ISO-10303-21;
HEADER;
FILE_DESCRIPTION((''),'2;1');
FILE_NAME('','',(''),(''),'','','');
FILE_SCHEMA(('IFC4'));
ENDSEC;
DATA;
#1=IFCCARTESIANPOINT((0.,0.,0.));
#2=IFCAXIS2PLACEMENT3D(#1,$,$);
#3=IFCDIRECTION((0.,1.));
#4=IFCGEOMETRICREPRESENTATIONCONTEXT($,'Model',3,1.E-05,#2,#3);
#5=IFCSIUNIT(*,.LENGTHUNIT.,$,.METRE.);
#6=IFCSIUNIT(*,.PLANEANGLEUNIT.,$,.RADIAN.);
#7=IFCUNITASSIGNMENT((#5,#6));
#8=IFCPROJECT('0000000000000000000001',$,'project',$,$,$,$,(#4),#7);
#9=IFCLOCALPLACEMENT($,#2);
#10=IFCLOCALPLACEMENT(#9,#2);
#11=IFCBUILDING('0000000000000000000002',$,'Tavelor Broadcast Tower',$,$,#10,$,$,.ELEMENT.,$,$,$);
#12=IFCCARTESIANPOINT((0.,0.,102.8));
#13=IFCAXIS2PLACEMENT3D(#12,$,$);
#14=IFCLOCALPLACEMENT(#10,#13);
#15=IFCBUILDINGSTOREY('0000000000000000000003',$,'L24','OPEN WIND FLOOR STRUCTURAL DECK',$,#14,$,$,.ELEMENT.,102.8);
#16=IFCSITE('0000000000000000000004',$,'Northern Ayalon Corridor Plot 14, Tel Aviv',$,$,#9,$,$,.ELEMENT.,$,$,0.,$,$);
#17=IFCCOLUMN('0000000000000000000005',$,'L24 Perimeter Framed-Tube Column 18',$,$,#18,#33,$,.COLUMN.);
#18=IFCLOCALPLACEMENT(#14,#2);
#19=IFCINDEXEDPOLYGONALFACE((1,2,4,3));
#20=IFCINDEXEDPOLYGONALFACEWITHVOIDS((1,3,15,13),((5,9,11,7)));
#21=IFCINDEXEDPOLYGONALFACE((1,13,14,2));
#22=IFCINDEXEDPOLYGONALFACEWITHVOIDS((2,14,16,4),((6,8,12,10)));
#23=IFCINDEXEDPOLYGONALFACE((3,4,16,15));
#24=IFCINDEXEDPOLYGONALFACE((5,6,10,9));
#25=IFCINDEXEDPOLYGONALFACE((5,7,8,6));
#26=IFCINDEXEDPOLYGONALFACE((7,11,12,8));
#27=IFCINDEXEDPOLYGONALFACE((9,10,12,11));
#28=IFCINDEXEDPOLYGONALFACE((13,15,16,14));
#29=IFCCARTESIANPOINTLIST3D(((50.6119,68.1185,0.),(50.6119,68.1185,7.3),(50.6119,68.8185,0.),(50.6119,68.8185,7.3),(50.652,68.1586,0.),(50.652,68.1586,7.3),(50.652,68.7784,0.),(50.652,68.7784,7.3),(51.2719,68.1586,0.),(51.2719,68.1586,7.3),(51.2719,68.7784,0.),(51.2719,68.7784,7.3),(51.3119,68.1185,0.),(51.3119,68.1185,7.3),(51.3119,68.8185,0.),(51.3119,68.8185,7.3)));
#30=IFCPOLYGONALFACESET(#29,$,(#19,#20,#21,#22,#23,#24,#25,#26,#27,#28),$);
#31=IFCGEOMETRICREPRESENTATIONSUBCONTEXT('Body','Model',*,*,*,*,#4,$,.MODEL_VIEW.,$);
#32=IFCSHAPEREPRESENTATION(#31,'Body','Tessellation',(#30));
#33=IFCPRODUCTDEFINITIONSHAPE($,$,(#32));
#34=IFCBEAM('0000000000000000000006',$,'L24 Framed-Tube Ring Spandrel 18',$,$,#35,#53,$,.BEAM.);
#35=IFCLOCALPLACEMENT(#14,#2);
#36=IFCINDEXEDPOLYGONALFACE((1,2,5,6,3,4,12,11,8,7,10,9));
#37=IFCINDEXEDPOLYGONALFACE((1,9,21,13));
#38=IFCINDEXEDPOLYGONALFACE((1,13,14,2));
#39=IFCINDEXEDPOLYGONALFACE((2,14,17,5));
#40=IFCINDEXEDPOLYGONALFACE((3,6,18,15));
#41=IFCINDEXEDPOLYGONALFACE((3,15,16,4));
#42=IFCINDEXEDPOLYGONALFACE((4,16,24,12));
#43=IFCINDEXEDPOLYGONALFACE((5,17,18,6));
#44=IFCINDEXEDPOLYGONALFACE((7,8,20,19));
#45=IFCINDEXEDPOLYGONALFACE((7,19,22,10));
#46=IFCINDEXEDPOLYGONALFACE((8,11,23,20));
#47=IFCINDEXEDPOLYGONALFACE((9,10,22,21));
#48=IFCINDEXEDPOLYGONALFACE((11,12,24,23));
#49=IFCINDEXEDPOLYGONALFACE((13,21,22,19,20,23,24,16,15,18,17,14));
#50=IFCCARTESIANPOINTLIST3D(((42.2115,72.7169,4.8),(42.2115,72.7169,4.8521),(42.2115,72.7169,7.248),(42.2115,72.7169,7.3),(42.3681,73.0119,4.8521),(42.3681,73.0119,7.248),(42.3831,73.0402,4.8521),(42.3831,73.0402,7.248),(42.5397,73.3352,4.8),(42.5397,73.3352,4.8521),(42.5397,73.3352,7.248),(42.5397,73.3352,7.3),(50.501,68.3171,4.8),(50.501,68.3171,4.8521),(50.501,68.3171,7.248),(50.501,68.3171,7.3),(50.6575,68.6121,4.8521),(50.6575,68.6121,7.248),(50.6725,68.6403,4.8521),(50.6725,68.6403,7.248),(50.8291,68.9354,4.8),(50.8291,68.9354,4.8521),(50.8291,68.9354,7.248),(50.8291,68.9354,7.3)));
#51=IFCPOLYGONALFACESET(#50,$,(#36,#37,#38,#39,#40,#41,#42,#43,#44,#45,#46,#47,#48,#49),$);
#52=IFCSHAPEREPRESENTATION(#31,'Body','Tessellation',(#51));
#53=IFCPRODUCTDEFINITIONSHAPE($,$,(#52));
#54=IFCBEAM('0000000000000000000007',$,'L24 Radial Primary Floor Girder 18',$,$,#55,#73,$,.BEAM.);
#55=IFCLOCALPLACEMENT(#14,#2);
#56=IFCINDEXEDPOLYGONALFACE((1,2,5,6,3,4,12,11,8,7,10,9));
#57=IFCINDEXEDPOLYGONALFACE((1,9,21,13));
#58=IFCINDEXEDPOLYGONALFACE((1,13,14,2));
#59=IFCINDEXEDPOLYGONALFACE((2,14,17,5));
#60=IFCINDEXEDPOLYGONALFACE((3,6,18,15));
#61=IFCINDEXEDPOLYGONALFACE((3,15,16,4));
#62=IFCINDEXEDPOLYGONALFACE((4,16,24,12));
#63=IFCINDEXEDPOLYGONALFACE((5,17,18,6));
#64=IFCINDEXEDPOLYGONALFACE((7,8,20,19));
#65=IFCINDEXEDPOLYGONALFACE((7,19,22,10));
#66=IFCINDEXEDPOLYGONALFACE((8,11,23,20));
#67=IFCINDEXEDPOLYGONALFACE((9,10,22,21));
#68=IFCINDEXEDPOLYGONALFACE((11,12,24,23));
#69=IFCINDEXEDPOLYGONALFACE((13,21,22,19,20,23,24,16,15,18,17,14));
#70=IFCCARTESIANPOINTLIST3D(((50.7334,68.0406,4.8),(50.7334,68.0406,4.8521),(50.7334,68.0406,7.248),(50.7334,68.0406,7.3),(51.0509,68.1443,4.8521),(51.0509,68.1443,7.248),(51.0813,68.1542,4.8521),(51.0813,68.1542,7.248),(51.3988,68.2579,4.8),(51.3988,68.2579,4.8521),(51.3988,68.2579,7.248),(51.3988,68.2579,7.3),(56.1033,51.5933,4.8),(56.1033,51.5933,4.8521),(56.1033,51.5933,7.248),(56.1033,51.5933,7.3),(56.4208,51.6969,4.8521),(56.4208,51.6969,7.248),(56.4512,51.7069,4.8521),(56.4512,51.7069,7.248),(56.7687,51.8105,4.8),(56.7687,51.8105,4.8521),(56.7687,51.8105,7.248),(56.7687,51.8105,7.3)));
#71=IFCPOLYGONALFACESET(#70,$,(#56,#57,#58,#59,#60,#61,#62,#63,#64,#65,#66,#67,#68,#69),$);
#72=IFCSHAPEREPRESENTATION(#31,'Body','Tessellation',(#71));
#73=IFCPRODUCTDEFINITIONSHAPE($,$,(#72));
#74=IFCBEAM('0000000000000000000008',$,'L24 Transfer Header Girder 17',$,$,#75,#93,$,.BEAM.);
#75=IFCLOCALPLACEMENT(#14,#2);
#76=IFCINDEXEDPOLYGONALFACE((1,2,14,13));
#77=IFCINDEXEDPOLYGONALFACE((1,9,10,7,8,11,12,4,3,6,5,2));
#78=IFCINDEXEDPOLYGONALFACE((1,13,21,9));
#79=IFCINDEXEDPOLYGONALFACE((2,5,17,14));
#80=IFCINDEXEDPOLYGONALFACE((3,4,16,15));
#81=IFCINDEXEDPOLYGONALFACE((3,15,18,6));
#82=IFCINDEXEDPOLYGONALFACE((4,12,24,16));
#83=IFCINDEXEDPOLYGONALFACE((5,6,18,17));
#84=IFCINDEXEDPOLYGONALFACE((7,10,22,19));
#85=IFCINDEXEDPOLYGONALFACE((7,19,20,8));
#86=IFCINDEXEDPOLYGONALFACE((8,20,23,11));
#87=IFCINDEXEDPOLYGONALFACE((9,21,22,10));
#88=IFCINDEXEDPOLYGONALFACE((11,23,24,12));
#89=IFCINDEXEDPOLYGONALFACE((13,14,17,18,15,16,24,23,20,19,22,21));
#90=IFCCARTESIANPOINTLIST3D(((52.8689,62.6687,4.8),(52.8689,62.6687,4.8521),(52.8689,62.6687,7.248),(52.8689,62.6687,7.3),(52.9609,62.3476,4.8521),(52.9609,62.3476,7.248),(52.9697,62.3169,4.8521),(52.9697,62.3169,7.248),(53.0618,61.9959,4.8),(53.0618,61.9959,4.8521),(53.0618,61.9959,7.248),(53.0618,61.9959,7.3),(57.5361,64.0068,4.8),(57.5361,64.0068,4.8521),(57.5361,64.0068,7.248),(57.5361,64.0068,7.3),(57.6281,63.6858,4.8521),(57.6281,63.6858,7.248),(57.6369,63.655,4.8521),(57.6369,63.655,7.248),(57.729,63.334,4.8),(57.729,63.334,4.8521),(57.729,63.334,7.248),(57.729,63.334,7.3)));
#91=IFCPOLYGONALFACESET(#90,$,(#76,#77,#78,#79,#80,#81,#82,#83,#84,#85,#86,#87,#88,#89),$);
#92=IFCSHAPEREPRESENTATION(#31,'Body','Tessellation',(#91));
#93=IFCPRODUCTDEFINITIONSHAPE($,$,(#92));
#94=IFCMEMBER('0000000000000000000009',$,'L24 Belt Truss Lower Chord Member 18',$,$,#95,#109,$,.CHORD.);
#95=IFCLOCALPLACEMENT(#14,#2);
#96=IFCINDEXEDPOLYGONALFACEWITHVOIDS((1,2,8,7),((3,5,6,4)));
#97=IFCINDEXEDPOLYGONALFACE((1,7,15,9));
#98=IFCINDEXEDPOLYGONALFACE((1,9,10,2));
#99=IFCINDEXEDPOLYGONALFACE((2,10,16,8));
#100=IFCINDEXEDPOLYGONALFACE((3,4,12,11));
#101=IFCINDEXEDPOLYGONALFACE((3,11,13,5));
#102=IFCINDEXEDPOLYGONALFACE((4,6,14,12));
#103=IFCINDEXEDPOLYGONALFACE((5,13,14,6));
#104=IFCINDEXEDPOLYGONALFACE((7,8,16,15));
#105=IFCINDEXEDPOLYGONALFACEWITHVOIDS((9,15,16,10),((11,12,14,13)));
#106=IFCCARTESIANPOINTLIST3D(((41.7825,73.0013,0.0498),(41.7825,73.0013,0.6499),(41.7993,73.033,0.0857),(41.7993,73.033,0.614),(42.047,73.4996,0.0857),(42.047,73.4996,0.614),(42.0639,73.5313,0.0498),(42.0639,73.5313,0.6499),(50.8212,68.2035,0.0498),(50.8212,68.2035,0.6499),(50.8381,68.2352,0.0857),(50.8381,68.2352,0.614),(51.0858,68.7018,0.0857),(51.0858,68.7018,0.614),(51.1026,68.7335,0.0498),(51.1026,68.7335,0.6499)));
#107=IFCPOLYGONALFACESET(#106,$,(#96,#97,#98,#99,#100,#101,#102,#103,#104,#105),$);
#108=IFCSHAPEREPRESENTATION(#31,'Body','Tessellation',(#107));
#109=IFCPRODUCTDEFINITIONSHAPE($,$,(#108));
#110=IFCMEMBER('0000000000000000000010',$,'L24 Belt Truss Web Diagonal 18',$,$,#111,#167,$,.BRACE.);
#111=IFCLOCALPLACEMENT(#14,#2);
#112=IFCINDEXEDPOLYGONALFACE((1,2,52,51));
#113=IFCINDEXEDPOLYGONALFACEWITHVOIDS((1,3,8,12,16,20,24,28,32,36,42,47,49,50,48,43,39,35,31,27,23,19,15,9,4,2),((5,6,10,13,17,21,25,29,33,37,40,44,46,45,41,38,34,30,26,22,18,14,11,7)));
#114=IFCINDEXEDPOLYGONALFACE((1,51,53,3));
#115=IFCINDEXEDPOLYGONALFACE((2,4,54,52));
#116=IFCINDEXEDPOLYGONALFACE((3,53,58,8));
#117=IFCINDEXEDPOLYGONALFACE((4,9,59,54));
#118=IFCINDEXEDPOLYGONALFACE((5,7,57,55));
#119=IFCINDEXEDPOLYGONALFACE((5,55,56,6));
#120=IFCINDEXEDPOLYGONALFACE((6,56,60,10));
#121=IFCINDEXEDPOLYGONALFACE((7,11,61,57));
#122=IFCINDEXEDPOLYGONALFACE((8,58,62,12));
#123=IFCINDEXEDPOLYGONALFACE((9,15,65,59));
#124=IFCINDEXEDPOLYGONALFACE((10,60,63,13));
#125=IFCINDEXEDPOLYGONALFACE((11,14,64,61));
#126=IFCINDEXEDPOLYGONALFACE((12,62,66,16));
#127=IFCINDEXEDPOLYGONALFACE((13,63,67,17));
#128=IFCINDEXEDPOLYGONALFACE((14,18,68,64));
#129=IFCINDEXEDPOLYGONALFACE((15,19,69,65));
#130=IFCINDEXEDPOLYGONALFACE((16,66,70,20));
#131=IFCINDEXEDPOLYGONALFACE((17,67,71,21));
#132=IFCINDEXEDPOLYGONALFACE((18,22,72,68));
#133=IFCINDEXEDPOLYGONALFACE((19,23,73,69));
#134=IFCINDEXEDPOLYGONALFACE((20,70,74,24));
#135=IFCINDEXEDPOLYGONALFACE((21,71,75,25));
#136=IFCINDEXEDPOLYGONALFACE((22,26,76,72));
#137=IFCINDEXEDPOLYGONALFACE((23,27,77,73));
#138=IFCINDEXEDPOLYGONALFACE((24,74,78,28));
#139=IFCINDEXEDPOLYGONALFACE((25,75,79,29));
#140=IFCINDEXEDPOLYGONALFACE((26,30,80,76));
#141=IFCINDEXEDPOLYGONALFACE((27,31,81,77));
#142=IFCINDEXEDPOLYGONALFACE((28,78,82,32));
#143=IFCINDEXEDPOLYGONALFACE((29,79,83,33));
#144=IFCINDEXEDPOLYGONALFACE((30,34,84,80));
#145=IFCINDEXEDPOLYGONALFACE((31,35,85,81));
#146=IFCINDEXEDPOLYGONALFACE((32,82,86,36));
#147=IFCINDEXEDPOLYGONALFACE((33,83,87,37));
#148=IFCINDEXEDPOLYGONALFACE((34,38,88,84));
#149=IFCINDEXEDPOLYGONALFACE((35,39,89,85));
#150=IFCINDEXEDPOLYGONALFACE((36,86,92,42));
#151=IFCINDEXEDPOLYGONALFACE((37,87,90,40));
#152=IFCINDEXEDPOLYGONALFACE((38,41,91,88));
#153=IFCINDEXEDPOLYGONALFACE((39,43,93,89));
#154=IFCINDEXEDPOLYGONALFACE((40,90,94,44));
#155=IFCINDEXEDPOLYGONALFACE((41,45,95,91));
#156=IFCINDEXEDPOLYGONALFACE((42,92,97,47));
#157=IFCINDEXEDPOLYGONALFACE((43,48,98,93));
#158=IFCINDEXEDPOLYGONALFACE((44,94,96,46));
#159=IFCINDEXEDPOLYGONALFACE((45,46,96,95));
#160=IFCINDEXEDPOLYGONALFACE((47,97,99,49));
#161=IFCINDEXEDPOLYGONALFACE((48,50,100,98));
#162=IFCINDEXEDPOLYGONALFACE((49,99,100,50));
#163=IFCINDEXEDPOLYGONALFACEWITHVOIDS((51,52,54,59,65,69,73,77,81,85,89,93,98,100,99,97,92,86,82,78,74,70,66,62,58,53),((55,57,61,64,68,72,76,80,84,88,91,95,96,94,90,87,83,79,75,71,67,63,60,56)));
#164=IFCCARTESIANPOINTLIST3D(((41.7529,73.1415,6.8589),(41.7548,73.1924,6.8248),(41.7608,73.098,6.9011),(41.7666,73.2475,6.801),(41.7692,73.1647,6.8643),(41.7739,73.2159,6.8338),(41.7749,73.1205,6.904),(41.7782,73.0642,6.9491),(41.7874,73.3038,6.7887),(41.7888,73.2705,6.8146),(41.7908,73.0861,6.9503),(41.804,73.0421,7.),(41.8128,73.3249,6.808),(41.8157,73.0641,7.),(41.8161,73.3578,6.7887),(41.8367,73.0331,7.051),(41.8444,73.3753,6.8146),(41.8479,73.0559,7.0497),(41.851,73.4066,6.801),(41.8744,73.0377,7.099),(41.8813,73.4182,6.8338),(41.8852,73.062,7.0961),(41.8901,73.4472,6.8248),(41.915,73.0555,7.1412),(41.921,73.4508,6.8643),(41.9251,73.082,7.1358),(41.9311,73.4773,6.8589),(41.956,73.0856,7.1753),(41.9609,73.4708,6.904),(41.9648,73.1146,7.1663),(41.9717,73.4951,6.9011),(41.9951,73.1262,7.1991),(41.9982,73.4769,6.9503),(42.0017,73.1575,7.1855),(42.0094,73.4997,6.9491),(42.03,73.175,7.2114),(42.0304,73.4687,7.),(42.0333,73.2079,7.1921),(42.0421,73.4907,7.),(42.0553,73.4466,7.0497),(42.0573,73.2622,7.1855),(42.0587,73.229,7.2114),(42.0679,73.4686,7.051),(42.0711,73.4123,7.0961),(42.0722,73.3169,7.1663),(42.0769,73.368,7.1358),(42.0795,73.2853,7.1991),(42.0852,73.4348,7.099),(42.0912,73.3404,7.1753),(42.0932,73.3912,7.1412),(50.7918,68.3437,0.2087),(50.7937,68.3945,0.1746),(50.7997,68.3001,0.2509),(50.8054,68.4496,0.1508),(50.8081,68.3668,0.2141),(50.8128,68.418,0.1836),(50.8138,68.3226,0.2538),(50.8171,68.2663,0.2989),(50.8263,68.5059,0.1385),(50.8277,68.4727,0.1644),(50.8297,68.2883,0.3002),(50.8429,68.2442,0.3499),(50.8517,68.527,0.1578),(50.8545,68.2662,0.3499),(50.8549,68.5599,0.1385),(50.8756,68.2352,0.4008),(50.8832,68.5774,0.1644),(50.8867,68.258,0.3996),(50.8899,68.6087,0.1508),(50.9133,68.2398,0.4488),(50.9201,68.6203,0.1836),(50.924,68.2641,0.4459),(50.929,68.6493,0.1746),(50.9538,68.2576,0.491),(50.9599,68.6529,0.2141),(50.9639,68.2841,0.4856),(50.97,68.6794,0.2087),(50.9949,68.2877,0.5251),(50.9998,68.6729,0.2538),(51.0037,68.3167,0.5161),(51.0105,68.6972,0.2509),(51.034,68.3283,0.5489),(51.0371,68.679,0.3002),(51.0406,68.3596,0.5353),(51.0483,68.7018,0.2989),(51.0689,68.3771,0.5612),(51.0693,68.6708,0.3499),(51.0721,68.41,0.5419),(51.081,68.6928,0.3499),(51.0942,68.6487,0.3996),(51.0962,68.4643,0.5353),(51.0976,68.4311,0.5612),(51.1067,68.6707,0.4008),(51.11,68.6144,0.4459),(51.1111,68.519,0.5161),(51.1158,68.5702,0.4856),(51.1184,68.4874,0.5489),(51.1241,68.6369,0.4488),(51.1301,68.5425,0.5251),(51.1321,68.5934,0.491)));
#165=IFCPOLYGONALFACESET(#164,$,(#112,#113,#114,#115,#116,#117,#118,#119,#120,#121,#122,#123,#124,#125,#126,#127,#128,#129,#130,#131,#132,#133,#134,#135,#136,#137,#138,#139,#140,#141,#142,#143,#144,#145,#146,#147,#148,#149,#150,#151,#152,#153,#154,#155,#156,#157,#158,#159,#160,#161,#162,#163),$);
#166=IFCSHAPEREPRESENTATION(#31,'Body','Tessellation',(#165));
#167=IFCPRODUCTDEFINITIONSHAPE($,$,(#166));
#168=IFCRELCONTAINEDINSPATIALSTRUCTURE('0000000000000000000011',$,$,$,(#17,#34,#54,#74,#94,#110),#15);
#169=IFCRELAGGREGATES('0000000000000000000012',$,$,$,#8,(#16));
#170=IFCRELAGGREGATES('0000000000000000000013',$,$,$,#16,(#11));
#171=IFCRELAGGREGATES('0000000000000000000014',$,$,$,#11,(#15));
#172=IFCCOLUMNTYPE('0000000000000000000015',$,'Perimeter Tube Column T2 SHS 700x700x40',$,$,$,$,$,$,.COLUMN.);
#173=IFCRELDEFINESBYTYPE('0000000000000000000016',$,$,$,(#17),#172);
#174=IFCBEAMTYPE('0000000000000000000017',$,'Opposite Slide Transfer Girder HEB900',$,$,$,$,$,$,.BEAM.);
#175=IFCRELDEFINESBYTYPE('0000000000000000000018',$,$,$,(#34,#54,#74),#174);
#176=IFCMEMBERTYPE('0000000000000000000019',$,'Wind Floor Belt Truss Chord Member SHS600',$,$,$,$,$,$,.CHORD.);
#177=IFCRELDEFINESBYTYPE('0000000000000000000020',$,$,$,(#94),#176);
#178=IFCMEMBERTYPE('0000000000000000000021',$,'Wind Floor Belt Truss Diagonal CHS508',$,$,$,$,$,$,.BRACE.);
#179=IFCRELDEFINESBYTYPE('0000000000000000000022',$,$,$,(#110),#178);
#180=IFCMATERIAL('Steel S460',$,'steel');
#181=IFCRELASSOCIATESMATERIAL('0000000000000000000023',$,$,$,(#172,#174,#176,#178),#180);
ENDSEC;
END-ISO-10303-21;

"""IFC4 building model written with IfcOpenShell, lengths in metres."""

from ifc_helpers import new_model, si_unit, direction, frame, origin, origin_2d, place, context, subcontext, project, spatial, hollow_rectangle, hollow_circle, i_section, extrude, material, material_profile, profile_set, type_object, element, save


model = new_model("IFC4")

# Units and contexts
model_context = context("Model", 3, precision=1e-05, world=origin(), true_north=direction((0.0, 1.0)))
body_context = subcontext(model_context, "Body", "Model", "MODEL_VIEW")
ifc_project = project(units=[si_unit("LENGTHUNIT", "METRE"), si_unit("PLANEANGLEUNIT", "RADIAN")], contexts=[model_context])

# Site, building, storey
site_placement = place(None, origin())
site = spatial("IfcSite", under=ifc_project, at=site_placement, Name="Northern Ayalon Corridor Plot 14, Tel Aviv", CompositionType="ELEMENT", RefElevation=0.0)
building_placement = place(site_placement, origin())
building = spatial("IfcBuilding", under=site, at=building_placement, Name="Tavelor Broadcast Tower", CompositionType="ELEMENT")
storey_placement = place(building_placement, frame((0.0, 0.0, 102.8)))
storey = spatial("IfcBuildingStorey", under=building, at=storey_placement, Name="L24", Description="OPEN WIND FLOOR STRUCTURAL DECK", CompositionType="ELEMENT", Elevation=102.8)

# Column
ifc_material_1 = material(Name="Steel S460", Category="steel")
ifc_material_profile_1 = material_profile(ifc_material_1, hollow_rectangle(XDim=0.7, YDim=0.7, WallThickness=0.04, at=origin_2d()), Name="SHS 700x700x40")
ifc_profile_set_1 = profile_set([ifc_material_profile_1], Name="Steel S460")
column_type = type_object("IfcColumnType", Name="Perimeter Tube Column T2 SHS 700x700x40", PredefinedType="COLUMN", material=ifc_profile_set_1)
column_placement = place(storey_placement, frame((50.9619, 68.4685, 0.0), z_axis=(0.0, 0.0, 1.0), x_axis=(1.0, 0.0, 0.0)))
element("IfcColumn", 1, at=column_placement, inside=storey, type_object=column_type, Name="L24 Perimeter Framed-Tube Column 18", PredefinedType="COLUMN", context=body_context, shape_type="SweptSolid", body=[
    extrude(hollow_rectangle(XDim=0.7, YDim=0.7, WallThickness=0.04, at=origin_2d()), origin(), (0.0, 0.0, 1.0), 7.3),
])

# Beams
ifc_material_profile_2 = material_profile(ifc_material_1, i_section(OverallWidth=0.7, OverallDepth=2.5, WebThickness=0.032, FlangeThickness=0.052, at=origin_2d()), Name="PG 2500x700")
ifc_profile_set_2 = profile_set([ifc_material_profile_2], Name="Steel S460")
beam_type_1 = type_object("IfcBeamType", Name="Opposite Slide Transfer Girder HEB900", PredefinedType="BEAM", material=ifc_profile_set_2)
beam_1_placement = place(storey_placement, frame((50.665, 68.6262, 6.05), z_axis=(-0.883289, 0.468829, 0.0), x_axis=(-0.468829, -0.883289, 0.0)))
element("IfcBeam", 2, at=beam_1_placement, inside=storey, type_object=beam_type_1, Name="L24 Framed-Tube Ring Spandrel 18", PredefinedType="BEAM", context=body_context, shape_type="SweptSolid", body=[
    extrude(i_section(OverallWidth=0.7, OverallDepth=2.5, WebThickness=0.032, FlangeThickness=0.052, at=origin_2d()), origin(), (0.0, 0.0, 1.0), 9.3848),
])
beam_2_placement = place(storey_placement, frame((56.436, 51.7019, 6.05), z_axis=(-0.310367, 0.950617, 0.0), x_axis=(-0.950617, -0.310367, 0.0)))
element("IfcBeam", 3, at=beam_2_placement, inside=storey, type_object=beam_type_1, Name="L24 Radial Primary Floor Girder 18", PredefinedType="BEAM", context=body_context, shape_type="SweptSolid", body=[
    extrude(i_section(OverallWidth=0.7, OverallDepth=2.5, WebThickness=0.032, FlangeThickness=0.052, at=origin_2d()), origin(), (0.0, 0.0, 1.0), 17.3018),
])
beam_3_placement = place(storey_placement, frame((52.9653, 62.3323, 6.05), z_axis=(0.961271, 0.275604, 0.0), x_axis=(-0.275604, 0.961271, 0.0)))
element("IfcBeam", 4, at=beam_3_placement, inside=storey, type_object=beam_type_1, Name="L24 Transfer Header Girder 17", PredefinedType="BEAM", context=body_context, shape_type="SweptSolid", body=[
    extrude(i_section(OverallWidth=0.7, OverallDepth=2.5, WebThickness=0.032, FlangeThickness=0.052, at=origin_2d()), origin(), (0.0, 0.0, 1.0), 4.8552),
])

# Members
ifc_material_profile_3 = material_profile(ifc_material_1, hollow_rectangle(XDim=0.6001, YDim=0.6001, WallThickness=0.0359, at=origin_2d()), Name="SHS 600x600x36")
ifc_profile_set_3 = profile_set([ifc_material_profile_3], Name="Steel S460")
member_type_1 = type_object("IfcMemberType", Name="Wind Floor Belt Truss Chord Member SHS600", PredefinedType="CHORD", material=ifc_profile_set_3)
member_1_placement = place(storey_placement, frame((50.9619, 68.4685, 0.3499), z_axis=(-0.883278, 0.468849, 0.0), x_axis=(-0.468849, -0.883278, 0.0)))
element("IfcMember", 5, at=member_1_placement, inside=storey, type_object=member_type_1, Name="L24 Belt Truss Lower Chord Member 18", PredefinedType="CHORD", context=body_context, shape_type="SweptSolid", body=[
    extrude(hollow_rectangle(XDim=0.6001, YDim=0.6001, WallThickness=0.0359, at=origin_2d()), origin(), (0.0, 0.0, 1.0), 10.2332),
])
ifc_material_profile_4 = material_profile(ifc_material_1, hollow_circle(Radius=0.2539, WallThickness=0.0249, at=origin_2d()), Name="CHS 508x25")
ifc_profile_set_4 = profile_set([ifc_material_profile_4], Name="Steel S460")
member_type_2 = type_object("IfcMemberType", Name="Wind Floor Belt Truss Diagonal CHS508", PredefinedType="BRACE", material=ifc_profile_set_4)
member_2_placement = place(storey_placement, frame((50.9619, 68.4685, 0.3499), z_axis=(-0.740628, 0.393129, 0.544904), x_axis=(-0.468849, -0.883278, 0.0)))
element("IfcMember", 6, at=member_2_placement, inside=storey, type_object=member_type_2, Name="L24 Belt Truss Web Diagonal 18", PredefinedType="BRACE", context=body_context, shape_type="SweptSolid", body=[
    extrude(hollow_circle(Radius=0.2539, WallThickness=0.0249, at=origin_2d()), origin(), (0.0, 0.0, 1.0), 12.2043),
])

save(model, "model.ifc")
